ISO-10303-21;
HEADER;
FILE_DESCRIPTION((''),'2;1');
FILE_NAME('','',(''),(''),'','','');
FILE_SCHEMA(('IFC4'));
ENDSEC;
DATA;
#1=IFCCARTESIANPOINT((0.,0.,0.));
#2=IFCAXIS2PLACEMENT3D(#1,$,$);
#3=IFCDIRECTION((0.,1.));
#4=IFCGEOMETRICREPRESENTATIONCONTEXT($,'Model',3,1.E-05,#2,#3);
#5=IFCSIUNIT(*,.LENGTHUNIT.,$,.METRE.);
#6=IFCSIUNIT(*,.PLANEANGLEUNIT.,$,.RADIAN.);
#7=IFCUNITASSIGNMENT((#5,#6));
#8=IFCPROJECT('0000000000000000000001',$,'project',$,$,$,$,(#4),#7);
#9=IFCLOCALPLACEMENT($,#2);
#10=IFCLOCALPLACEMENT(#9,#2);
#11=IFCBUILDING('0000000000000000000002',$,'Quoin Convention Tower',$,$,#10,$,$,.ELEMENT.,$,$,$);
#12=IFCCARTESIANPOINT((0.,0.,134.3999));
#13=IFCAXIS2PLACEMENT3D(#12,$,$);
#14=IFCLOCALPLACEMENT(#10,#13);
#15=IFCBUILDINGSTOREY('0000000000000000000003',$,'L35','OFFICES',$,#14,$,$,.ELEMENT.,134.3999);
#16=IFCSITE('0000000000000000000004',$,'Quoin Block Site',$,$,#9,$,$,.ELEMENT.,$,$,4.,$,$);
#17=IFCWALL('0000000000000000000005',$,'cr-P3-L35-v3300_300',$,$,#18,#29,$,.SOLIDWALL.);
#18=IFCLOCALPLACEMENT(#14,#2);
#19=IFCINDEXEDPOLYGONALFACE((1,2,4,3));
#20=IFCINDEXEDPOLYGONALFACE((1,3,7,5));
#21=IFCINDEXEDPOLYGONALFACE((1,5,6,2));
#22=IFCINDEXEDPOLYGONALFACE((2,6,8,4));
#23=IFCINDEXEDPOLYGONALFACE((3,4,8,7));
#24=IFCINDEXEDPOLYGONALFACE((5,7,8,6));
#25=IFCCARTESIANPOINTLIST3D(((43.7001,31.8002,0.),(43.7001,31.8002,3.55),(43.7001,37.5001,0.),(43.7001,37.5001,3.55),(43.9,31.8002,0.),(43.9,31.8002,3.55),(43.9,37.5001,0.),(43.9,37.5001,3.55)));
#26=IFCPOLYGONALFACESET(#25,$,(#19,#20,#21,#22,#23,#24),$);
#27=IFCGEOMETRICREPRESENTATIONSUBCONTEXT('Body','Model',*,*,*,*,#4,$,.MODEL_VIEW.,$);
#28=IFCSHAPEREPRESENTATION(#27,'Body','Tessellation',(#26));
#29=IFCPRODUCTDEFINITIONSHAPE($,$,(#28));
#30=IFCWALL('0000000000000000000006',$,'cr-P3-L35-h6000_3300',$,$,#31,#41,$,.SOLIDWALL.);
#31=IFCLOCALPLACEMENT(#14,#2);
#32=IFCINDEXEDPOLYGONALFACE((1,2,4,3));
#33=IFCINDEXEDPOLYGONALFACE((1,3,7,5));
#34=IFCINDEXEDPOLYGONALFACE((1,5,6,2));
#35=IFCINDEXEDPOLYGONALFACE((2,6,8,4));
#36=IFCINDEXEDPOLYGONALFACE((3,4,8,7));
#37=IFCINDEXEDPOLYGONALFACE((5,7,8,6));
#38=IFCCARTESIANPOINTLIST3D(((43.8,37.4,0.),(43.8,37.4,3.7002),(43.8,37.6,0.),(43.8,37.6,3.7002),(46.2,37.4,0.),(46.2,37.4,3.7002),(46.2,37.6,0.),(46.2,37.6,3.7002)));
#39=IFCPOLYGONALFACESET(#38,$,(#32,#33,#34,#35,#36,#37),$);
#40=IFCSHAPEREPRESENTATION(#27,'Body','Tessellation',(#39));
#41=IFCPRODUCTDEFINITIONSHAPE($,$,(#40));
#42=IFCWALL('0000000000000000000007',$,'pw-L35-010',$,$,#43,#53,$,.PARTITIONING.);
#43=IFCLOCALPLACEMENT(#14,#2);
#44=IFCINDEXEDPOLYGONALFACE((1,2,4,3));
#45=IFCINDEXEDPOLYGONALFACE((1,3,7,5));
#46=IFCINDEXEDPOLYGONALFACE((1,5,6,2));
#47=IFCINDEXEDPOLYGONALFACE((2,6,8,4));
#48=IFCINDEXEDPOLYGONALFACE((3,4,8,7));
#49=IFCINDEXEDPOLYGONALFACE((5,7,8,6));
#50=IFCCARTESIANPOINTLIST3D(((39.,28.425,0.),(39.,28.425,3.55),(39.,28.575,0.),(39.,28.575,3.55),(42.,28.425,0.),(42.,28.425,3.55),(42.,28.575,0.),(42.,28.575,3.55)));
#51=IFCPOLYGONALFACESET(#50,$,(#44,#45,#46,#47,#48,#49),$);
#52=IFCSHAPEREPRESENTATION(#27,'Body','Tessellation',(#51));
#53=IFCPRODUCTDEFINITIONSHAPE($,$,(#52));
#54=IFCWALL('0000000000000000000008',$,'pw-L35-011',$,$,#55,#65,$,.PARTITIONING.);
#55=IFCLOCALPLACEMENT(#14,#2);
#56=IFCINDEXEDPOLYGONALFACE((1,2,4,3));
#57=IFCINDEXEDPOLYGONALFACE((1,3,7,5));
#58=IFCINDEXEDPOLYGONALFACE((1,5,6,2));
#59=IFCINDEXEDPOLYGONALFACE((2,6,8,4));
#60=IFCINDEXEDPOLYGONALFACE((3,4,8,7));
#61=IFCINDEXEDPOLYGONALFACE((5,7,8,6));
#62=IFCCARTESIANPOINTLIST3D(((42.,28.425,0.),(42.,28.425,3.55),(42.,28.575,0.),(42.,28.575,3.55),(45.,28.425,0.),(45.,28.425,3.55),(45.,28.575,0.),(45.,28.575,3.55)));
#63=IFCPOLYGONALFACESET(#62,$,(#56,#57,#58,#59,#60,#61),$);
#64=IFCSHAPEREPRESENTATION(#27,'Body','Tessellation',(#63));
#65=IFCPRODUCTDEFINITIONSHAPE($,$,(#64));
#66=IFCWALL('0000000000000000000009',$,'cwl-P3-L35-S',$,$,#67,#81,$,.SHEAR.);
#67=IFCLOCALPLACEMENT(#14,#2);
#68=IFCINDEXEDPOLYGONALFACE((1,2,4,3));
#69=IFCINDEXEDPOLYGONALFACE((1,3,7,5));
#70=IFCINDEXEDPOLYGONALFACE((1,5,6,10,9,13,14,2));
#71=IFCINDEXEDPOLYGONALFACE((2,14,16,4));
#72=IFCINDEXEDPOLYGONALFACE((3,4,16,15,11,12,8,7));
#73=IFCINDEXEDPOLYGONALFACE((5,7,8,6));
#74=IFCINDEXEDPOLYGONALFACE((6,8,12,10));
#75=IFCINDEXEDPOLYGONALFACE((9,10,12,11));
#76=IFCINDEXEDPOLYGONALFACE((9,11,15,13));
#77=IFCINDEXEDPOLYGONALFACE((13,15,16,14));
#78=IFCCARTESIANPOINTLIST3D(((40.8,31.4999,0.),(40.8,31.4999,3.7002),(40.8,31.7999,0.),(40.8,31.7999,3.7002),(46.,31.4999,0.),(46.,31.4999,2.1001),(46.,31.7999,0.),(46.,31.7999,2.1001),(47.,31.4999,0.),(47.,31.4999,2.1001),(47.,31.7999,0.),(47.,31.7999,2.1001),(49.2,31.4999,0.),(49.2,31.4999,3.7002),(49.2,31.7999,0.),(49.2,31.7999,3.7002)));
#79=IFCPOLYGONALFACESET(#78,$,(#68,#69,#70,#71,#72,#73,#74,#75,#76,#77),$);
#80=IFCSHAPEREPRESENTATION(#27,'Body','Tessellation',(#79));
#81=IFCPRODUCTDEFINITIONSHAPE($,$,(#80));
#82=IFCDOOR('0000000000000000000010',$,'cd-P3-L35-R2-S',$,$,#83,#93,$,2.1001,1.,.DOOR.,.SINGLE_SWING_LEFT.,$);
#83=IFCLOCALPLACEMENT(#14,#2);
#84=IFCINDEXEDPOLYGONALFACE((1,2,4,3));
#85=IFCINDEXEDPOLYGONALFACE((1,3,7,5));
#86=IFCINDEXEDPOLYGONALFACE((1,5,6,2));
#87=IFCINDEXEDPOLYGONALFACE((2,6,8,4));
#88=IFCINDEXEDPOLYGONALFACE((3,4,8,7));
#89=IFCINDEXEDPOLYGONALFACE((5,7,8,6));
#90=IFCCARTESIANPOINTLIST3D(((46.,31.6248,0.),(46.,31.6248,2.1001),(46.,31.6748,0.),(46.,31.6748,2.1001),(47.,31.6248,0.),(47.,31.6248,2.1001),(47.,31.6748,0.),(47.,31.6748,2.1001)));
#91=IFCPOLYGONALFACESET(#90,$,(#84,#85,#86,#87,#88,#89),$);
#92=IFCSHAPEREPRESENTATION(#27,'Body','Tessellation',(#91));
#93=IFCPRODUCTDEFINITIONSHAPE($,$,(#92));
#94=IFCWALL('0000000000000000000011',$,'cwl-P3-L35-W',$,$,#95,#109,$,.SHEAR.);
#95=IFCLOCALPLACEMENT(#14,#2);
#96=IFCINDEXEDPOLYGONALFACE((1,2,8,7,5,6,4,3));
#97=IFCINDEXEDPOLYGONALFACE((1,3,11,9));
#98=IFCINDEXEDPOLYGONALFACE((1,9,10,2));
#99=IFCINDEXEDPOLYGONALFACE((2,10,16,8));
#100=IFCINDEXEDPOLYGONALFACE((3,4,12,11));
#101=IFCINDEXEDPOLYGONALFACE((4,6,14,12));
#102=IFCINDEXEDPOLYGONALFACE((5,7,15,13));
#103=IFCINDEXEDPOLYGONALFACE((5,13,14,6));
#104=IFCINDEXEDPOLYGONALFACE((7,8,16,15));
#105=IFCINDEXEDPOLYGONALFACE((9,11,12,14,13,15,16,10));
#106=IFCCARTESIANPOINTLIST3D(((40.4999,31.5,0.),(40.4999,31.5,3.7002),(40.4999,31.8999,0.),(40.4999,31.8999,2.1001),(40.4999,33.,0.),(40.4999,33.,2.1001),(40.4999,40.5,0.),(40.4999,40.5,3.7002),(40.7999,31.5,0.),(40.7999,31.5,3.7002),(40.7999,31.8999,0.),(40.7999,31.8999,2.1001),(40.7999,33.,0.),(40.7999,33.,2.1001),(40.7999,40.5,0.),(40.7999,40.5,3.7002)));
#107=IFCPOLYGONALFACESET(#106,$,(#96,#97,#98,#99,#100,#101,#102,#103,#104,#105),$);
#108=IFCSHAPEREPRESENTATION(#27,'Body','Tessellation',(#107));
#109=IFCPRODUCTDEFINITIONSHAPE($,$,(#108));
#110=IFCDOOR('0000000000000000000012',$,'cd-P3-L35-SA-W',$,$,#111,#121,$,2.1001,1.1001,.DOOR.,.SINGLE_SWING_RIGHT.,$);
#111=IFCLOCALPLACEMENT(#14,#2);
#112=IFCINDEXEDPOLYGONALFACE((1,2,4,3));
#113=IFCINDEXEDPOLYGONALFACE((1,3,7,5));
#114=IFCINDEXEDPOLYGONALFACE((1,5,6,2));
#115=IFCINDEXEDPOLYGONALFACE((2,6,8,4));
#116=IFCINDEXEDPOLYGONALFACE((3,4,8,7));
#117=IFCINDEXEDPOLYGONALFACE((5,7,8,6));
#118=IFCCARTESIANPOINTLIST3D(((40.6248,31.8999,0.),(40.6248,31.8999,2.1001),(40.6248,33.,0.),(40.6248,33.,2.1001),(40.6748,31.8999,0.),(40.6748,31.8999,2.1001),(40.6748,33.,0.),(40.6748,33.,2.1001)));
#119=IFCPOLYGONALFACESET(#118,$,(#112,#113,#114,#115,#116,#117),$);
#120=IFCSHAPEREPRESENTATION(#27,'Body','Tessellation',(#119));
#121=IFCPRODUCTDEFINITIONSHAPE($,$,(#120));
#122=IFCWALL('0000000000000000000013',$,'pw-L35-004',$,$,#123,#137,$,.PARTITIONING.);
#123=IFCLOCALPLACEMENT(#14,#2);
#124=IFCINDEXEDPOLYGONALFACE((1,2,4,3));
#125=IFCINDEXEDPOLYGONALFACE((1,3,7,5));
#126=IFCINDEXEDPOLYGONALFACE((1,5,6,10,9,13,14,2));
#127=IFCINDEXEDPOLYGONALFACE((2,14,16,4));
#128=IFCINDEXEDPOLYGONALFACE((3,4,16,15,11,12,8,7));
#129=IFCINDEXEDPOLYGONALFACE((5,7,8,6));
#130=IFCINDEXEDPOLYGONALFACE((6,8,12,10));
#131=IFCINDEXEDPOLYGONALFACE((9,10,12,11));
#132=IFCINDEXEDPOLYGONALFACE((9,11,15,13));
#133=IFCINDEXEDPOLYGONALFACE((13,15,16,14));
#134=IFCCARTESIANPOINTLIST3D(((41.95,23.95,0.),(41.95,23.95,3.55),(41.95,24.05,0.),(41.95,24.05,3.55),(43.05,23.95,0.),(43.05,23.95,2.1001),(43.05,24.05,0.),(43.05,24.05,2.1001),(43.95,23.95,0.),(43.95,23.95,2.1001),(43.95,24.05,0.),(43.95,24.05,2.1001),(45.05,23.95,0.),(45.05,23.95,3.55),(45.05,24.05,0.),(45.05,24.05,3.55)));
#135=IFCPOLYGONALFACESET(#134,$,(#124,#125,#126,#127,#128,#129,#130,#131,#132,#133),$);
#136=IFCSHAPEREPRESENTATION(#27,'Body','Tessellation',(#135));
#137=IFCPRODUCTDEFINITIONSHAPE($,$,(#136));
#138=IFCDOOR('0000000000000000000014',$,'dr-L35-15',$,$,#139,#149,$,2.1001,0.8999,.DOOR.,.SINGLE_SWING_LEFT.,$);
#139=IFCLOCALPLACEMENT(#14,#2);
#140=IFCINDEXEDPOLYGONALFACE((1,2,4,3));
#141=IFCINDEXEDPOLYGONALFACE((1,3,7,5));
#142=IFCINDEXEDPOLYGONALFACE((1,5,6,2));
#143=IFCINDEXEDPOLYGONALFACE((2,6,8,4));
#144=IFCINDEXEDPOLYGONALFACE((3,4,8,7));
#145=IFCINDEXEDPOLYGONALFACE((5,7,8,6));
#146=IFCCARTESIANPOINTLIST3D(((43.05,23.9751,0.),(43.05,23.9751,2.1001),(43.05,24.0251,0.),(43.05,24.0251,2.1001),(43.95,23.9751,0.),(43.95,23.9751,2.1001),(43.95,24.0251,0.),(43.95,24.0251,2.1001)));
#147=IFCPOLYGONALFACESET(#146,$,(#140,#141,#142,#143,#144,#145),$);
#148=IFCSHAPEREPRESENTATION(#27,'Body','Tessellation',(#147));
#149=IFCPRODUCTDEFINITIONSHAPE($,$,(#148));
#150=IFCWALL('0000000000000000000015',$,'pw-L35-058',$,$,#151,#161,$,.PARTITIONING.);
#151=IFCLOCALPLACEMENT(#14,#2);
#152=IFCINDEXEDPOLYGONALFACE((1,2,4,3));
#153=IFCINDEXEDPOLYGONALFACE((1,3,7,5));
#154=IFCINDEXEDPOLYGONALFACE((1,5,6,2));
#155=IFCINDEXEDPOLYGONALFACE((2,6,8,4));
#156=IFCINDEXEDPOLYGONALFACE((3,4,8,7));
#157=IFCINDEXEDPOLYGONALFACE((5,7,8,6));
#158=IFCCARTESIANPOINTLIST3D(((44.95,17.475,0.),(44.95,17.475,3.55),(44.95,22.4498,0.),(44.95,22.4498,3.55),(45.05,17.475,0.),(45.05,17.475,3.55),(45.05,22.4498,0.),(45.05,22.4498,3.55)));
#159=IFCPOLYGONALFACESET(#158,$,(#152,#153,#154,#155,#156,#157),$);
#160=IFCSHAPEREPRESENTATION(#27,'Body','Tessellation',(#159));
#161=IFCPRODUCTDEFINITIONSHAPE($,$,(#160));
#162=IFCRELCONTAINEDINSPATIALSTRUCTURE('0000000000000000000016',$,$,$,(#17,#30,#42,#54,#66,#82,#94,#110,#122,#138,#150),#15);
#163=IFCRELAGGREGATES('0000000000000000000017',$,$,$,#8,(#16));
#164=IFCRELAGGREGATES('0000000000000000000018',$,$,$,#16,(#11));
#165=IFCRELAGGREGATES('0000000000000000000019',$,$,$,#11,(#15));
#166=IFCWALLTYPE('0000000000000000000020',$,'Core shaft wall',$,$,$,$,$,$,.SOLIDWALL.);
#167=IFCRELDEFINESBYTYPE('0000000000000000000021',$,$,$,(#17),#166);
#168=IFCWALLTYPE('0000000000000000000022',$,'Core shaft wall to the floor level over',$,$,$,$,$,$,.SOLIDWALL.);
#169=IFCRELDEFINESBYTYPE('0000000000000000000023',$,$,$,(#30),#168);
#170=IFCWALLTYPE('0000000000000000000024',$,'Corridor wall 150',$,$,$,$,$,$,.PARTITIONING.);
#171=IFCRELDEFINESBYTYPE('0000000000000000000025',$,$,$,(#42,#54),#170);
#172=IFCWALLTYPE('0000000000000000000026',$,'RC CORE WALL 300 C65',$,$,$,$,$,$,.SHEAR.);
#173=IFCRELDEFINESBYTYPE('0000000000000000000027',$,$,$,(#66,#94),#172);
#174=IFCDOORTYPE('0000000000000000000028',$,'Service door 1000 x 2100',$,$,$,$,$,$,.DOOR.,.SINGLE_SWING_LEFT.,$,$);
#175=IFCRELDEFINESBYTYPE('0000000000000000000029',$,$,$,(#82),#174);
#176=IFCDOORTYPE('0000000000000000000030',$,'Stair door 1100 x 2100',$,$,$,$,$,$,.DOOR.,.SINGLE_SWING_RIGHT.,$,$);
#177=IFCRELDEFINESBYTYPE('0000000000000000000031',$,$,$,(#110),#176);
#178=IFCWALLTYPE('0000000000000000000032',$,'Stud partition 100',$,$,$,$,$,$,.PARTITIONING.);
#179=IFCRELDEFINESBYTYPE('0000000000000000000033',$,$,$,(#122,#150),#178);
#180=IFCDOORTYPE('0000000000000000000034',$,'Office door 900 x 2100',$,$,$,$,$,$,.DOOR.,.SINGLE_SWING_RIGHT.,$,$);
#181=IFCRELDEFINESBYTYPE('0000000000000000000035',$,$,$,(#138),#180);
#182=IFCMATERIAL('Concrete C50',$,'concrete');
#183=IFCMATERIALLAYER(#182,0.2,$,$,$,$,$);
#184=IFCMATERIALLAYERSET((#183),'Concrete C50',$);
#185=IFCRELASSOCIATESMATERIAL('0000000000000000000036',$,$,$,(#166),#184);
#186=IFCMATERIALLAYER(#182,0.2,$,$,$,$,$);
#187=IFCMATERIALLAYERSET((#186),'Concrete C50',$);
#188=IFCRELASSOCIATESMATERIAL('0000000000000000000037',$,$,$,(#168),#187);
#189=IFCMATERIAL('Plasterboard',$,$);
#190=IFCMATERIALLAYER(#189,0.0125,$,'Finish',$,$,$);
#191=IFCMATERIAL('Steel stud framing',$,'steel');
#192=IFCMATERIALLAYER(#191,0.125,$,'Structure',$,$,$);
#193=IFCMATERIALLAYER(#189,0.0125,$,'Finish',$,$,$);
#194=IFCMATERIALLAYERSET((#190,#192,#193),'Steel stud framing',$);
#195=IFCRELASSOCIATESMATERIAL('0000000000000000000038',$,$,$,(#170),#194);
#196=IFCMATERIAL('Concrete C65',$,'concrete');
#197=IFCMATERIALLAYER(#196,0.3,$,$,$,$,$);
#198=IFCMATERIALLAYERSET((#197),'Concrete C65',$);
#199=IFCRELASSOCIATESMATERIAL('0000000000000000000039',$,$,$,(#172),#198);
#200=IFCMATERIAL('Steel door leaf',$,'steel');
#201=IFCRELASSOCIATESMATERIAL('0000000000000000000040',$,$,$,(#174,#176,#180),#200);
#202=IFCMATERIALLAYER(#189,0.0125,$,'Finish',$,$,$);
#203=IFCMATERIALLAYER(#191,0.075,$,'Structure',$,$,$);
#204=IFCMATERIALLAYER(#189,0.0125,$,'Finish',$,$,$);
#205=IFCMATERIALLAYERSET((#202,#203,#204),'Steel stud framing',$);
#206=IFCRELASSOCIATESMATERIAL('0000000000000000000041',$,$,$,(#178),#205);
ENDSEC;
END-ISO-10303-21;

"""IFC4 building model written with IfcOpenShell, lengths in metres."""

from ifc_helpers import new_model, si_unit, direction, frame, frame_2d, origin, place, context, subcontext, project, spatial, rectangle, extrude, material, layer, layer_set, type_object, element, fill, save


model = new_model("IFC4")

# Units and contexts
model_context = context("Model", 3, precision=1e-05, world=origin(), true_north=direction((0.0, 1.0)))
body_context = subcontext(model_context, "Body", "Model", "MODEL_VIEW")
ifc_project = project(units=[si_unit("LENGTHUNIT", "METRE"), si_unit("PLANEANGLEUNIT", "RADIAN")], contexts=[model_context])

# Site, building, storey
site_placement = place(None, origin())
site = spatial("IfcSite", under=ifc_project, at=site_placement, Name="Quoin Block Site", CompositionType="ELEMENT", RefElevation=4.0)
building_placement = place(site_placement, origin())
building = spatial("IfcBuilding", under=site, at=building_placement, Name="Quoin Convention Tower", CompositionType="ELEMENT")
storey_placement = place(building_placement, frame((0.0, 0.0, 134.3999)))
storey = spatial("IfcBuildingStorey", under=building, at=storey_placement, Name="L35", Description="OFFICES", CompositionType="ELEMENT", Elevation=134.3999)

# Shared definitions
ifc_material_1 = material(Name="Concrete C65", Category="concrete")

# Walls
ifc_material_2 = material(Name="Concrete C50", Category="concrete")
ifc_layer_1 = layer(ifc_material_2, 0.2)
ifc_layer_set_1 = layer_set([ifc_layer_1], Name="Concrete C50")
wall_type_1 = type_object("IfcWallType", Name="Core shaft wall", PredefinedType="SOLIDWALL", material=ifc_layer_set_1)
wall_1_placement = place(storey_placement, frame((43.8, 31.8, 0.0), z_axis=(0.0, 0.0, 1.0), x_axis=(0.0, 1.0, 0.0)))
element("IfcWall", 1, at=wall_1_placement, inside=storey, type_object=wall_type_1, Name="cr-P3-L35-v3300_300", PredefinedType="SOLIDWALL", context=body_context, shape_type="SweptSolid", body=[
    extrude(rectangle(XDim=5.7, YDim=0.2, at=frame_2d((2.8501, 0.0))), origin(), (0.0, 0.0, 1.0), 3.55),
])
ifc_layer_2 = layer(ifc_material_2, 0.2)
ifc_layer_set_2 = layer_set([ifc_layer_2], Name="Concrete C50")
wall_type_2 = type_object("IfcWallType", Name="Core shaft wall to the floor level over", PredefinedType="SOLIDWALL", material=ifc_layer_set_2)
wall_2_placement = place(storey_placement, frame((43.8, 37.5, 0.0), z_axis=(0.0, 0.0, 1.0), x_axis=(1.0, 0.0, 0.0)))
element("IfcWall", 2, at=wall_2_placement, inside=storey, type_object=wall_type_2, Name="cr-P3-L35-h6000_3300", PredefinedType="SOLIDWALL", context=body_context, shape_type="SweptSolid", body=[
    extrude(rectangle(XDim=2.3999, YDim=0.2, at=frame_2d((1.2, 0.0))), origin(), (0.0, 0.0, 1.0), 3.7002),
])
ifc_material_3 = material(Name="Plasterboard")
ifc_layer_3 = layer(ifc_material_3, 0.0125, Name="Finish")
ifc_material_4 = material(Name="Steel stud framing", Category="steel")
ifc_layer_4 = layer(ifc_material_4, 0.125, Name="Structure")
ifc_layer_5 = layer(ifc_material_3, 0.0125, Name="Finish")
ifc_layer_set_3 = layer_set([ifc_layer_3, ifc_layer_4, ifc_layer_5], Name="Steel stud framing")
wall_type_3 = type_object("IfcWallType", Name="Corridor wall 150", PredefinedType="PARTITIONING", material=ifc_layer_set_3)
for number, where, z_axis, x_axis, name in (
    (3, (39.0, 28.5, 0.0), (0.0, 0.0, 1.0), (1.0, 0.0, 0.0), "pw-L35-010"),
    (4, (42.0, 28.5, 0.0), (0.0, 0.0, 1.0), (1.0, 0.0, 0.0), "pw-L35-011"),
):
    element("IfcWall", number, at=place(storey_placement, frame(where, z_axis=z_axis, x_axis=x_axis)), inside=storey, type_object=wall_type_3, Name=name, PredefinedType="PARTITIONING", context=body_context, shape_type="SweptSolid", body=[
        extrude(rectangle(XDim=3.0, YDim=0.1499, at=frame_2d((1.5, 0.0))), origin(), (0.0, 0.0, 1.0), 3.55),
    ])

# Walls, openings, doors
ifc_layer_6 = layer(ifc_material_1, 0.3)
ifc_layer_set_4 = layer_set([ifc_layer_6], Name="Concrete C65")
wall_type_4 = type_object("IfcWallType", Name="RC CORE WALL 300 C65", PredefinedType="SHEAR", material=ifc_layer_set_4)
wall_3_placement = place(storey_placement, frame((40.8, 31.6499, 0.0), z_axis=(0.0, 0.0, 1.0), x_axis=(1.0, 0.0, 0.0)))
wall_3 = element("IfcWall", 5, at=wall_3_placement, inside=storey, type_object=wall_type_4, Name="cwl-P3-L35-S", PredefinedType="SHEAR", context=body_context, shape_type="SweptSolid", body=[
    extrude(rectangle(XDim=8.3999, YDim=0.3, at=frame_2d((4.2, 0.0))), origin(), (0.0, 0.0, 1.0), 3.7002),
])
opening_1_placement = place(wall_3_placement, frame((5.2, 0.0, 0.0)))
opening_1 = element("IfcOpeningElement", 6, at=opening_1_placement, cuts=wall_3, PredefinedType="OPENING", context=body_context, shape_type="SweptSolid", body=[
    extrude(rectangle(XDim=1.0, YDim=2.1001, at=frame_2d((0.5, 1.05))), frame((0.0, 0.1599, 0.0), z_axis=(0.0, -1.0, 0.0), x_axis=(1.0, 0.0, 0.0)), (0.0, 0.0, 1.0), 0.3201),
])
ifc_material_5 = material(Name="Steel door leaf", Category="steel")
door_type_1 = type_object("IfcDoorType", Name="Service door 1000 x 2100", OperationType="SINGLE_SWING_LEFT", PredefinedType="DOOR", material=ifc_material_5)
door_1_placement = place(opening_1_placement, origin())
door_1 = element("IfcDoor", 7, at=door_1_placement, inside=storey, type_object=door_type_1, Name="cd-P3-L35-R2-S", OperationType="SINGLE_SWING_LEFT", OverallHeight=2.1001, OverallWidth=1.0, PredefinedType="DOOR", context=body_context, shape_type="SweptSolid", body=[
    extrude(rectangle(XDim=1.0, YDim=2.1001, at=frame_2d((0.5, 1.05))), frame((0.0, 0.0249, 0.0), z_axis=(0.0, -1.0, 0.0), x_axis=(1.0, 0.0, 0.0)), (0.0, 0.0, 1.0), 0.05),
])
fill(opening_1, door_1)
wall_4_placement = place(storey_placement, frame((40.6499, 31.5, 0.0), z_axis=(0.0, 0.0, 1.0), x_axis=(0.0, 1.0, 0.0)))
wall_4 = element("IfcWall", 8, at=wall_4_placement, inside=storey, type_object=wall_type_4, Name="cwl-P3-L35-W", PredefinedType="SHEAR", context=body_context, shape_type="SweptSolid", body=[
    extrude(rectangle(XDim=9.0, YDim=0.3, at=frame_2d((4.5, 0.0))), origin(), (0.0, 0.0, 1.0), 3.7002),
])
opening_2_placement = place(wall_4_placement, frame((0.3999, 0.0, 0.0)))
opening_2 = element("IfcOpeningElement", 9, at=opening_2_placement, cuts=wall_4, PredefinedType="OPENING", context=body_context, shape_type="SweptSolid", body=[
    extrude(rectangle(XDim=1.1001, YDim=2.1001, at=frame_2d((0.55, 1.05))), frame((0.0, 0.1599, 0.0), z_axis=(0.0, -1.0, 0.0), x_axis=(1.0, 0.0, 0.0)), (0.0, 0.0, 1.0), 0.3201),
])
door_type_2 = type_object("IfcDoorType", Name="Stair door 1100 x 2100", OperationType="SINGLE_SWING_RIGHT", PredefinedType="DOOR", material=ifc_material_5)
door_2_placement = place(opening_2_placement, frame((1.1001, 0.0, 0.0), z_axis=(0.0, 0.0, 1.0), x_axis=(-1.0, 0.0, 0.0)))
door_2 = element("IfcDoor", 10, at=door_2_placement, inside=storey, type_object=door_type_2, Name="cd-P3-L35-SA-W", OperationType="SINGLE_SWING_RIGHT", OverallHeight=2.1001, OverallWidth=1.1001, PredefinedType="DOOR", context=body_context, shape_type="SweptSolid", body=[
    extrude(rectangle(XDim=1.1001, YDim=2.1001, at=frame_2d((0.55, 1.05))), frame((0.0, 0.0249, 0.0), z_axis=(0.0, -1.0, 0.0), x_axis=(1.0, 0.0, 0.0)), (0.0, 0.0, 1.0), 0.05),
])
fill(opening_2, door_2)
ifc_layer_7 = layer(ifc_material_3, 0.0125, Name="Finish")
ifc_layer_8 = layer(ifc_material_4, 0.075, Name="Structure")
ifc_layer_9 = layer(ifc_material_3, 0.0125, Name="Finish")
ifc_layer_set_5 = layer_set([ifc_layer_7, ifc_layer_8, ifc_layer_9], Name="Steel stud framing")
wall_type_5 = type_object("IfcWallType", Name="Stud partition 100", PredefinedType="PARTITIONING", material=ifc_layer_set_5)
wall_5_placement = place(storey_placement, frame((41.95, 24.0, 0.0), z_axis=(0.0, 0.0, 1.0), x_axis=(1.0, 0.0, 0.0)))
wall_5 = element("IfcWall", 11, at=wall_5_placement, inside=storey, type_object=wall_type_5, Name="pw-L35-004", PredefinedType="PARTITIONING", context=body_context, shape_type="SweptSolid", body=[
    extrude(rectangle(XDim=3.1001, YDim=0.1001, at=frame_2d((1.55, 0.0))), origin(), (0.0, 0.0, 1.0), 3.55),
])
opening_3_placement = place(wall_5_placement, frame((1.1001, 0.0, 0.0)))
opening_3 = element("IfcOpeningElement", 12, at=opening_3_placement, cuts=wall_5, PredefinedType="OPENING", context=body_context, shape_type="SweptSolid", body=[
    extrude(rectangle(XDim=0.8999, YDim=2.1001, at=frame_2d((0.45, 1.05))), frame((0.0, 0.0601, 0.0), z_axis=(0.0, -1.0, 0.0), x_axis=(1.0, 0.0, 0.0)), (0.0, 0.0, 1.0), 0.1201),
])
door_type_3 = type_object("IfcDoorType", Name="Office door 900 x 2100", OperationType="SINGLE_SWING_RIGHT", PredefinedType="DOOR", material=ifc_material_5)
door_3_placement = place(opening_3_placement, frame((0.8999, 0.0, 0.0), z_axis=(0.0, 0.0, 1.0), x_axis=(-1.0, 0.0, 0.0)))
door_3 = element("IfcDoor", 13, at=door_3_placement, inside=storey, type_object=door_type_3, Name="dr-L35-15", OperationType="SINGLE_SWING_LEFT", OverallHeight=2.1001, OverallWidth=0.8999, PredefinedType="DOOR", context=body_context, shape_type="SweptSolid", body=[
    extrude(rectangle(XDim=0.8999, YDim=2.1001, at=frame_2d((0.45, 1.05))), frame((0.0, 0.0249, 0.0), z_axis=(0.0, -1.0, 0.0), x_axis=(1.0, 0.0, 0.0)), (0.0, 0.0, 1.0), 0.05),
])
fill(opening_3, door_3)

# Wall
wall_6_placement = place(storey_placement, frame((45.0, 17.4751, 0.0), z_axis=(0.0, 0.0, 1.0), x_axis=(0.0, 1.0, 0.0)))
element("IfcWall", 14, at=wall_6_placement, inside=storey, type_object=wall_type_5, Name="pw-L35-058", PredefinedType="PARTITIONING", context=body_context, shape_type="SweptSolid", body=[
    extrude(rectangle(XDim=4.9749, YDim=0.1001, at=frame_2d((2.4873, 0.0))), origin(), (0.0, 0.0, 1.0), 3.55),
])

save(model, "model.ifc")
